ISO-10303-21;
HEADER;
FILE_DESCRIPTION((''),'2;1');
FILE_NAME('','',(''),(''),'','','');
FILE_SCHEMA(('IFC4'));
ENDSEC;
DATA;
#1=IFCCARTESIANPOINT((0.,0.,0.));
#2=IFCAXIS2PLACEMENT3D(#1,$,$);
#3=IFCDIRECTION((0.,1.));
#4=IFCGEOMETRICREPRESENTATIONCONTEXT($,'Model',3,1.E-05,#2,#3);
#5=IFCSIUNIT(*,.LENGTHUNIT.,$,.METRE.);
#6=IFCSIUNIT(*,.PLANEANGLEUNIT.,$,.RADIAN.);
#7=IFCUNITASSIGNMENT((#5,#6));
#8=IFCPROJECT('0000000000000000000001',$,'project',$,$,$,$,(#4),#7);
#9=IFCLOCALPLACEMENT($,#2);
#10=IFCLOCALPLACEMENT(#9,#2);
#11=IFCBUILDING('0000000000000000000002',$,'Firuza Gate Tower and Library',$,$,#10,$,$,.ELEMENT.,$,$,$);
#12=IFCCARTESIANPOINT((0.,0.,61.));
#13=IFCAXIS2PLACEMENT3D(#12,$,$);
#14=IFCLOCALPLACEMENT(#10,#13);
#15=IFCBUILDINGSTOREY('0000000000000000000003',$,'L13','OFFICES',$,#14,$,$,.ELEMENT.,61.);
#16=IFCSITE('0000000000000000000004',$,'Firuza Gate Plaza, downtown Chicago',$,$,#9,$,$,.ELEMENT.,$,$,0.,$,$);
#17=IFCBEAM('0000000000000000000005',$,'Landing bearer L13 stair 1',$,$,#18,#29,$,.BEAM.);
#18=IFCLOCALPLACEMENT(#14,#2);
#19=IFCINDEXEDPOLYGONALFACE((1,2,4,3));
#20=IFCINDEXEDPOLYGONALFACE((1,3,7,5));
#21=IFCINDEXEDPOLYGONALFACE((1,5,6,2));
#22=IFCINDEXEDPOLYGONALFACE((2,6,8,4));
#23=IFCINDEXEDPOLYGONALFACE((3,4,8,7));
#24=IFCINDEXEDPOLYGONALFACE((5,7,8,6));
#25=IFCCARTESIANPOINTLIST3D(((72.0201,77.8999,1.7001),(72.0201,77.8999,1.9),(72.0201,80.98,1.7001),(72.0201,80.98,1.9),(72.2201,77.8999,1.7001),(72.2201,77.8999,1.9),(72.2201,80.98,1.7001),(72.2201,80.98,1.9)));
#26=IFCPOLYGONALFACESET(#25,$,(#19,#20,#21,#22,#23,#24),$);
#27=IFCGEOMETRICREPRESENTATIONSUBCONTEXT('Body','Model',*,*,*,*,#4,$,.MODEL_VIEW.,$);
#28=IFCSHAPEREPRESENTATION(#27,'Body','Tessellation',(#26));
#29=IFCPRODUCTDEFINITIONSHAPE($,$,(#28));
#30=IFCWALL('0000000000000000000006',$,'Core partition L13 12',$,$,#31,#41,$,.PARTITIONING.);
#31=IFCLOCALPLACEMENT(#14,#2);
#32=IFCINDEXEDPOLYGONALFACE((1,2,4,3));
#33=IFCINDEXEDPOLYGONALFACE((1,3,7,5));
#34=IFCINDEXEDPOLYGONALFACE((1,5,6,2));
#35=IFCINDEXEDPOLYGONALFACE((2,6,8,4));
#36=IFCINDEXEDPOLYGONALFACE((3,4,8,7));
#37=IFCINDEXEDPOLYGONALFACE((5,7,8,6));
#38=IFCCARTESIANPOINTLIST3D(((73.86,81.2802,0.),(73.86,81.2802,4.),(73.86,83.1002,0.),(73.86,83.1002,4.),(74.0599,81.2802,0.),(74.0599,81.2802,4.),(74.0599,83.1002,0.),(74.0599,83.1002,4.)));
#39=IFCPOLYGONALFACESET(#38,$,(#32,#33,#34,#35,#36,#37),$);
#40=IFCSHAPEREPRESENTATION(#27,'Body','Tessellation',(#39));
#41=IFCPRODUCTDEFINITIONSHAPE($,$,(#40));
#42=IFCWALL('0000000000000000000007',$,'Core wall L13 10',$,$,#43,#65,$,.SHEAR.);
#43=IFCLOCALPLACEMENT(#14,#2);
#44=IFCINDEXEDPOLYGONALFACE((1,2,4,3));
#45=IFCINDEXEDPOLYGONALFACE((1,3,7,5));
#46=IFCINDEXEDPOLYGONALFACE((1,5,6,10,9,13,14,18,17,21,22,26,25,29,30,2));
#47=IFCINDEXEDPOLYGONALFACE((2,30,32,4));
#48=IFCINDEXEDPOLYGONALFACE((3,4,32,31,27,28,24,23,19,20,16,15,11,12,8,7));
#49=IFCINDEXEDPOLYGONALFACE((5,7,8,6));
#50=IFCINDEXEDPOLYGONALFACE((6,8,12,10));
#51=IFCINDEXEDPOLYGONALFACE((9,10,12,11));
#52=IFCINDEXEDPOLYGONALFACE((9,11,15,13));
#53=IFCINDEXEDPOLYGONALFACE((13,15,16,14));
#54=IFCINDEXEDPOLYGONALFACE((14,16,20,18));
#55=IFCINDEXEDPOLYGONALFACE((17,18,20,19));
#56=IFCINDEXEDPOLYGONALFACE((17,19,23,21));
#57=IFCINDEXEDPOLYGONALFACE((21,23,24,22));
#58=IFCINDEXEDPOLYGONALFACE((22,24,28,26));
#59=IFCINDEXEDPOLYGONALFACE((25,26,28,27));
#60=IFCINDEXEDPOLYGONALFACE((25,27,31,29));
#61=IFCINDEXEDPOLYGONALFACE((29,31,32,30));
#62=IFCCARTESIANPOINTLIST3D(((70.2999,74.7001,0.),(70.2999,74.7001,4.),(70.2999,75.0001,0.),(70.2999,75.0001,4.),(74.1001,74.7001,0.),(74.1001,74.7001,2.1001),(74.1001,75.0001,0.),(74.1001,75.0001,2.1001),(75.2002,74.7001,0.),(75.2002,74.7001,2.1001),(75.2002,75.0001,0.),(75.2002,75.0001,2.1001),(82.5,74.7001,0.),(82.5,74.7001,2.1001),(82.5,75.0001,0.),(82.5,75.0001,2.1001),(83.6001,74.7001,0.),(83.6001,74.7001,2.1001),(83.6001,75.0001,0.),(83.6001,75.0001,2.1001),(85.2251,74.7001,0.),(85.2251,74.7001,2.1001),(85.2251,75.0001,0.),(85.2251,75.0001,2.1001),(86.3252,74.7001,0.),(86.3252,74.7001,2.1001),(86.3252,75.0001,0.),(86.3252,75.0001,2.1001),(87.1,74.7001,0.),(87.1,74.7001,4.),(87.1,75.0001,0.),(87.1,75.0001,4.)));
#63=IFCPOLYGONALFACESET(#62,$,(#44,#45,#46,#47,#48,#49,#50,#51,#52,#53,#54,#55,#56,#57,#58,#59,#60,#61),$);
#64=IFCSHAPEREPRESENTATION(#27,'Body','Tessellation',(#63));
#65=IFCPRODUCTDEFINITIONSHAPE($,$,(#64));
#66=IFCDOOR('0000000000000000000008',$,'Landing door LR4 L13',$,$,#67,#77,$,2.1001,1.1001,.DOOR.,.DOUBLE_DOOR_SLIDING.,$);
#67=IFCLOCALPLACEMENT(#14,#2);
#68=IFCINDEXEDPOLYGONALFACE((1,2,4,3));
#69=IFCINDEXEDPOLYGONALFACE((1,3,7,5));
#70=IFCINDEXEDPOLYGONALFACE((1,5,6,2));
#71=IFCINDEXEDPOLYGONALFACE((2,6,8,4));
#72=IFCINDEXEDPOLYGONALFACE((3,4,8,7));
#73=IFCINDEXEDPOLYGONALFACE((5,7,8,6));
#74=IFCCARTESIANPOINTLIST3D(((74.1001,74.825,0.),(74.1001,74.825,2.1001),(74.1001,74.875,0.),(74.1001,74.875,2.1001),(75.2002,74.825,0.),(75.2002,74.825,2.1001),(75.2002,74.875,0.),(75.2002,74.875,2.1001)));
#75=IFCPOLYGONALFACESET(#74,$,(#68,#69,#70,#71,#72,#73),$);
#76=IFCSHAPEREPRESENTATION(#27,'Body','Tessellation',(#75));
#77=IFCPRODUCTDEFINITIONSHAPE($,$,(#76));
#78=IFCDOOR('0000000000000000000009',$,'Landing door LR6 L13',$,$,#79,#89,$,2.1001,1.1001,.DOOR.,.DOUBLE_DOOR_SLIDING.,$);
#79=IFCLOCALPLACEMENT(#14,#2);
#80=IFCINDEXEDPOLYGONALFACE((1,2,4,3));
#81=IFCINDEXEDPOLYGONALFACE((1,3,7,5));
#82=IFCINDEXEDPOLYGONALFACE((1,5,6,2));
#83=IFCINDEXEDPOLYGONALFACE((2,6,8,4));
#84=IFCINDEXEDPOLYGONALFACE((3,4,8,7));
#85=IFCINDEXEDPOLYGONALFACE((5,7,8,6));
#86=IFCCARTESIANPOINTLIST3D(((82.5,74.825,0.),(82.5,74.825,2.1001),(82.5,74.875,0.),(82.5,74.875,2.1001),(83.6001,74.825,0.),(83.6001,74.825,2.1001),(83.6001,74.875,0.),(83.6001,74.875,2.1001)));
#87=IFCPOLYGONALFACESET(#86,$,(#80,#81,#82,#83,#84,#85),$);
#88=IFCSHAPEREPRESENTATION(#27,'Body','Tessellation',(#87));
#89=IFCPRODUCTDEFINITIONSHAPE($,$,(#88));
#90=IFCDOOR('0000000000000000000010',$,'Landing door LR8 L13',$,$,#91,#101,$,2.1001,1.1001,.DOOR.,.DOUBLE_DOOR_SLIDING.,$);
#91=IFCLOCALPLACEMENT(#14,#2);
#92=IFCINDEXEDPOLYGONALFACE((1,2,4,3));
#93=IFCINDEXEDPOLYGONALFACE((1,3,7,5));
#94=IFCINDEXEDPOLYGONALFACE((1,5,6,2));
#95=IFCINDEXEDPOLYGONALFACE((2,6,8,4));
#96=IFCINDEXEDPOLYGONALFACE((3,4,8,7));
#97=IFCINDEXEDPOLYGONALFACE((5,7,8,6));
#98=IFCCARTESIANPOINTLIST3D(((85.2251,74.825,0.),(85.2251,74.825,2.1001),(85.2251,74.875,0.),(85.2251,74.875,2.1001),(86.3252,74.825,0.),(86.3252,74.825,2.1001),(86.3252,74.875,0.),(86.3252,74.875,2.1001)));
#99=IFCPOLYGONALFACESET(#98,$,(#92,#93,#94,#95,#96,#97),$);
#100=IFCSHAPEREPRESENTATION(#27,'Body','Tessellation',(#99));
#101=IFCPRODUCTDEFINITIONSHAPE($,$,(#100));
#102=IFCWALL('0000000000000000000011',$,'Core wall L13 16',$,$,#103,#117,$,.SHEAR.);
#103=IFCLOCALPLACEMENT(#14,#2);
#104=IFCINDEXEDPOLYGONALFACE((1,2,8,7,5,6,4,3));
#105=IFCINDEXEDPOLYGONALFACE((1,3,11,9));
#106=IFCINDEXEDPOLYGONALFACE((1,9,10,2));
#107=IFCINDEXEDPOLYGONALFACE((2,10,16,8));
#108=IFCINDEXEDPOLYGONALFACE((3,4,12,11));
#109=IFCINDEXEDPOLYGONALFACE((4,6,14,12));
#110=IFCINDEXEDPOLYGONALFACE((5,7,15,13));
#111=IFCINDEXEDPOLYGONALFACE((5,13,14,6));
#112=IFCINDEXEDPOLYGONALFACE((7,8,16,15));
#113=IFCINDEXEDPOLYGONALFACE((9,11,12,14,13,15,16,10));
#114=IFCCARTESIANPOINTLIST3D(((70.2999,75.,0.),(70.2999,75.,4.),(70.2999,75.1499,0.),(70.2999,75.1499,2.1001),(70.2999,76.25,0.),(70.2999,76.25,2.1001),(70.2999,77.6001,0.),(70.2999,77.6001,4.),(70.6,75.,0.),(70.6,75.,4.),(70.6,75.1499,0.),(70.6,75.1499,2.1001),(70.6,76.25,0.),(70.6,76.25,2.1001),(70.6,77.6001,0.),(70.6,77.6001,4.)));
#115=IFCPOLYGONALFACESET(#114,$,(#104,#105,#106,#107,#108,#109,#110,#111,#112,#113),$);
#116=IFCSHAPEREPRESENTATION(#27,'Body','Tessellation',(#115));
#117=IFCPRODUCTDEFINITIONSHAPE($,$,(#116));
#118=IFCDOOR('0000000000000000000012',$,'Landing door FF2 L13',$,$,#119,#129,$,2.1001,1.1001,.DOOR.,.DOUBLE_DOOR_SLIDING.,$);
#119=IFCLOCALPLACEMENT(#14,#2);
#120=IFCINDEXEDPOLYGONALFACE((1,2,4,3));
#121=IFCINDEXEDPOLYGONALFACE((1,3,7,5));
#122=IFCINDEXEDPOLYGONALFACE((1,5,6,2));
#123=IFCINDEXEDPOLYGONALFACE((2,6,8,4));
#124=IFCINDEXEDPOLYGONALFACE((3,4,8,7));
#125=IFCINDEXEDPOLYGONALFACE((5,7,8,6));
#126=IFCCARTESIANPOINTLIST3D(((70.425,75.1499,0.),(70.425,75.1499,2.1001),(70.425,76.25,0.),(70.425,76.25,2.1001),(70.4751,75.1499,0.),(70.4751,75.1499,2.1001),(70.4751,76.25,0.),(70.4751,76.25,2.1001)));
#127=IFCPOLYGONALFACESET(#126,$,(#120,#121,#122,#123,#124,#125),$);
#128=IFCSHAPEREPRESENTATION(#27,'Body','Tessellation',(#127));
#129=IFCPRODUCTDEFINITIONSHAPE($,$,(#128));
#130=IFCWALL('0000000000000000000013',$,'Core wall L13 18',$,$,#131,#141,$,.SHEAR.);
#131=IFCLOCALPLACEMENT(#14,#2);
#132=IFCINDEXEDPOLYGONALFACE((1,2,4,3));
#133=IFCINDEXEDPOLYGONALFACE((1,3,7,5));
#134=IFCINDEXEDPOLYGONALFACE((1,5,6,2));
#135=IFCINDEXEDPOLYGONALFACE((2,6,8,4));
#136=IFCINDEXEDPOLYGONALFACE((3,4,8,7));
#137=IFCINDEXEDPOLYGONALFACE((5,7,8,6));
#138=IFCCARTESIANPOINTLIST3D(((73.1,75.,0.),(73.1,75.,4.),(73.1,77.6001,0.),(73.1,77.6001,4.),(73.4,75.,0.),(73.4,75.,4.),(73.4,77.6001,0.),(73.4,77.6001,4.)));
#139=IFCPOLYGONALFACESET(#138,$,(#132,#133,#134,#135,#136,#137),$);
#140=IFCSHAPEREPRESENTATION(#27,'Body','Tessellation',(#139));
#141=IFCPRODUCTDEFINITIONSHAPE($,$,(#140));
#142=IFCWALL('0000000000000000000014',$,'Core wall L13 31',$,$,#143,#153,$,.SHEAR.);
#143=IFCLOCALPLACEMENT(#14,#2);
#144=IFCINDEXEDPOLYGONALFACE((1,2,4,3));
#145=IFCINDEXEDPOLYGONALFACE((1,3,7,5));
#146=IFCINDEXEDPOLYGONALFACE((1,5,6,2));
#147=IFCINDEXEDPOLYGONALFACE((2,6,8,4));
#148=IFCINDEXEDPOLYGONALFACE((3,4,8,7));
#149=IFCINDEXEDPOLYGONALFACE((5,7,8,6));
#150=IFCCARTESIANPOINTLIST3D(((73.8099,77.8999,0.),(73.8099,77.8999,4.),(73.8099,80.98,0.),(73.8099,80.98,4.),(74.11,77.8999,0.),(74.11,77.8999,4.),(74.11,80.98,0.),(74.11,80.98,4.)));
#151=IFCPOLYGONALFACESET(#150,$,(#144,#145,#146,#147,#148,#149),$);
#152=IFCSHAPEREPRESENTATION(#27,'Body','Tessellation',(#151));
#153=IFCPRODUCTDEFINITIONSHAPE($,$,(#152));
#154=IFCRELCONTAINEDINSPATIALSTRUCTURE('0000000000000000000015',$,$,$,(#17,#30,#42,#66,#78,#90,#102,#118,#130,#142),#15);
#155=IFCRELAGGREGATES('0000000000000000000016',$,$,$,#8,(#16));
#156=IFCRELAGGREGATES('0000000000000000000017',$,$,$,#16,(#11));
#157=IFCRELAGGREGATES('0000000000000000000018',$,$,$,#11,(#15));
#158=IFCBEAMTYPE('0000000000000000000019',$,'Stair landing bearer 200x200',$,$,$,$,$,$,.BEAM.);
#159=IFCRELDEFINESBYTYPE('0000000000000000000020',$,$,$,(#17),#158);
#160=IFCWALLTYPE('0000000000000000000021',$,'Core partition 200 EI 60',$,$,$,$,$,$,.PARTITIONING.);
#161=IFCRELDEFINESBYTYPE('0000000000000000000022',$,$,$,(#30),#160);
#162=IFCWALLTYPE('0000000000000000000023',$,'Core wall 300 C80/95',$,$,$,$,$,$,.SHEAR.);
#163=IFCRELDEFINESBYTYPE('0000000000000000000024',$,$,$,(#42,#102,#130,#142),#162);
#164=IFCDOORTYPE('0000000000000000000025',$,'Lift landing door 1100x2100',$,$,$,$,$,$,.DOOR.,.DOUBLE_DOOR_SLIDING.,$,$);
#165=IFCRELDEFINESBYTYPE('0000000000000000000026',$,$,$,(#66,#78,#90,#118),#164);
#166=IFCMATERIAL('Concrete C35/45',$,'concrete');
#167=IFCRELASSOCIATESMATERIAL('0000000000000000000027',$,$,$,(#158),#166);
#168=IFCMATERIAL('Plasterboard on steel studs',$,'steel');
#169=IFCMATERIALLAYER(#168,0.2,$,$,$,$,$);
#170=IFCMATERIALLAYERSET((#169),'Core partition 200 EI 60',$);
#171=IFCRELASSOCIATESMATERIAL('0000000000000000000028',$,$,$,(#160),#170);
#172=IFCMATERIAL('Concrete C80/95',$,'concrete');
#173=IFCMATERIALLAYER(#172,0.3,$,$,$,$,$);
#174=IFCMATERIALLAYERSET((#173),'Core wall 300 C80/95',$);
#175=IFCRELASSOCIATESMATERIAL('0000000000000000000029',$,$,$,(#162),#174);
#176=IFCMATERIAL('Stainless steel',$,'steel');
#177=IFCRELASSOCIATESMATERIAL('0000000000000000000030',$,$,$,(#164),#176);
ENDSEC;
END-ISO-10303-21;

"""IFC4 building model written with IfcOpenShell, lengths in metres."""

from ifc_helpers import new_model, si_unit, direction, frame, frame_2d, origin, origin_2d, place, context, subcontext, project, spatial, rectangle, extrude, material, layer, layer_set, material_profile, profile_set, type_object, element, fill, save


model = new_model("IFC4")

# Units and contexts
model_context = context("Model", 3, precision=1e-05, world=origin(), true_north=direction((0.0, 1.0)))
body_context = subcontext(model_context, "Body", "Model", "MODEL_VIEW")
ifc_project = project(units=[si_unit("LENGTHUNIT", "METRE"), si_unit("PLANEANGLEUNIT", "RADIAN")], contexts=[model_context])

# Site, building, storey
site_placement = place(None, origin())
site = spatial("IfcSite", under=ifc_project, at=site_placement, Name="Firuza Gate Plaza, downtown Chicago", CompositionType="ELEMENT", RefElevation=0.0)
building_placement = place(site_placement, origin())
building = spatial("IfcBuilding", under=site, at=building_placement, Name="Firuza Gate Tower and Library", CompositionType="ELEMENT")
storey_placement = place(building_placement, frame((0.0, 0.0, 61.0)))
storey = spatial("IfcBuildingStorey", under=building, at=storey_placement, Name="L13", Description="OFFICES", CompositionType="ELEMENT", Elevation=61.0)

# Beam
ifc_material_1 = material(Name="Concrete C35/45", Category="concrete")
ifc_material_profile = material_profile(ifc_material_1, rectangle(XDim=0.2, YDim=0.2, at=origin_2d()))
ifc_profile_set = profile_set([ifc_material_profile], Name="Concrete C35/45")
beam_type = type_object("IfcBeamType", Name="Stair landing bearer 200x200", PredefinedType="BEAM", material=ifc_profile_set)
beam_placement = place(storey_placement, frame((72.1201, 77.8999, 1.8), z_axis=(0.0, 1.0, 0.0), x_axis=(-1.0, 0.0, 0.0)))
element("IfcBeam", 1, at=beam_placement, inside=storey, type_object=beam_type, Name="Landing bearer L13 stair 1", PredefinedType="BEAM", context=body_context, shape_type="SweptSolid", body=[
    extrude(rectangle(XDim=0.2, YDim=0.2, at=origin_2d()), origin(), (0.0, 0.0, 1.0), 3.0801),
])

# Wall
ifc_material_2 = material(Name="Plasterboard on steel studs", Category="steel")
ifc_layer_1 = layer(ifc_material_2, 0.2)
ifc_layer_set_1 = layer_set([ifc_layer_1], Name="Core partition 200 EI 60")
wall_type_1 = type_object("IfcWallType", Name="Core partition 200 EI 60", PredefinedType="PARTITIONING", material=ifc_layer_set_1)
wall_1_placement = place(storey_placement, frame((73.96, 81.28, 0.0), z_axis=(0.0, 0.0, 1.0), x_axis=(0.0, 1.0, 0.0)))
element("IfcWall", 2, at=wall_1_placement, inside=storey, type_object=wall_type_1, Name="Core partition L13 12", PredefinedType="PARTITIONING", context=body_context, shape_type="SweptSolid", body=[
    extrude(rectangle(XDim=1.8201, YDim=0.2, at=frame_2d((0.9102, 0.0))), origin(), (0.0, 0.0, 1.0), 4.0),
])

# Wall, openings, doors
ifc_material_3 = material(Name="Concrete C80/95", Category="concrete")
ifc_layer_2 = layer(ifc_material_3, 0.3)
ifc_layer_set_2 = layer_set([ifc_layer_2], Name="Core wall 300 C80/95")
wall_type_2 = type_object("IfcWallType", Name="Core wall 300 C80/95", PredefinedType="SHEAR", material=ifc_layer_set_2)
wall_2_placement = place(storey_placement, frame((70.3, 74.8501, 0.0), z_axis=(0.0, 0.0, 1.0), x_axis=(1.0, 0.0, 0.0)))
wall_2 = element("IfcWall", 3, at=wall_2_placement, inside=storey, type_object=wall_type_2, Name="Core wall L13 10", PredefinedType="SHEAR", context=body_context, shape_type="SweptSolid", body=[
    extrude(rectangle(XDim=16.8, YDim=0.3, at=frame_2d((8.3999, 0.0))), origin(), (0.0, 0.0, 1.0), 4.0),
])
opening_1_placement = place(wall_2_placement, frame((3.8, 0.0, 0.0)))
opening_1 = element("IfcOpeningElement", 4, at=opening_1_placement, cuts=wall_2, PredefinedType="OPENING", context=body_context, shape_type="SweptSolid", body=[
    extrude(rectangle(XDim=1.1001, YDim=2.1001, at=frame_2d((0.55, 1.05))), frame((0.0, 0.1602, 0.0), z_axis=(0.0, -1.0, 0.0), x_axis=(1.0, 0.0, 0.0)), (0.0, 0.0, 1.0), 0.3201),
])
opening_2_placement = place(wall_2_placement, frame((12.2, 0.0, 0.0)))
opening_2 = element("IfcOpeningElement", 5, at=opening_2_placement, cuts=wall_2, PredefinedType="OPENING", context=body_context, shape_type="SweptSolid", body=[
    extrude(rectangle(XDim=1.1001, YDim=2.1001, at=frame_2d((0.55, 1.05))), frame((0.0, 0.1602, 0.0), z_axis=(0.0, -1.0, 0.0), x_axis=(1.0, 0.0, 0.0)), (0.0, 0.0, 1.0), 0.3201),
])
opening_3_placement = place(wall_2_placement, frame((14.925, 0.0, 0.0)))
opening_3 = element("IfcOpeningElement", 6, at=opening_3_placement, cuts=wall_2, PredefinedType="OPENING", context=body_context, shape_type="SweptSolid", body=[
    extrude(rectangle(XDim=1.1001, YDim=2.1001, at=frame_2d((0.55, 1.05))), frame((0.0, 0.1602, 0.0), z_axis=(0.0, -1.0, 0.0), x_axis=(1.0, 0.0, 0.0)), (0.0, 0.0, 1.0), 0.3201),
])
ifc_material_4 = material(Name="Stainless steel", Category="steel")
door_type_1 = type_object("IfcDoorType", Name="Lift landing door 1100x2100", OperationType="DOUBLE_DOOR_SLIDING", PredefinedType="DOOR", material=ifc_material_4)
door_1_placement = place(opening_1_placement, origin())
door_1 = element("IfcDoor", 7, at=door_1_placement, inside=storey, type_object=door_type_1, Name="Landing door LR4 L13", OperationType="DOUBLE_DOOR_SLIDING", OverallHeight=2.1001, OverallWidth=1.1001, PredefinedType="DOOR", context=body_context, shape_type="SweptSolid", body=[
    extrude(rectangle(XDim=1.1001, YDim=2.1001, at=frame_2d((0.55, 1.05))), frame((0.0, 0.0249, 0.0), z_axis=(0.0, -1.0, 0.0), x_axis=(1.0, 0.0, 0.0)), (0.0, 0.0, 1.0), 0.05),
])
fill(opening_1, door_1)
door_2_placement = place(opening_2_placement, origin())
door_2 = element("IfcDoor", 8, at=door_2_placement, inside=storey, type_object=door_type_1, Name="Landing door LR6 L13", OperationType="DOUBLE_DOOR_SLIDING", OverallHeight=2.1001, OverallWidth=1.1001, PredefinedType="DOOR", context=body_context, shape_type="SweptSolid", body=[
    extrude(rectangle(XDim=1.1001, YDim=2.1001, at=frame_2d((0.55, 1.05))), frame((0.0, 0.0249, 0.0), z_axis=(0.0, -1.0, 0.0), x_axis=(1.0, 0.0, 0.0)), (0.0, 0.0, 1.0), 0.05),
])
fill(opening_2, door_2)
door_3_placement = place(opening_3_placement, origin())
door_3 = element("IfcDoor", 9, at=door_3_placement, inside=storey, type_object=door_type_1, Name="Landing door LR8 L13", OperationType="DOUBLE_DOOR_SLIDING", OverallHeight=2.1001, OverallWidth=1.1001, PredefinedType="DOOR", context=body_context, shape_type="SweptSolid", body=[
    extrude(rectangle(XDim=1.1001, YDim=2.1001, at=frame_2d((0.55, 1.05))), frame((0.0, 0.0249, 0.0), z_axis=(0.0, -1.0, 0.0), x_axis=(1.0, 0.0, 0.0)), (0.0, 0.0, 1.0), 0.05),
])
fill(opening_3, door_3)

# Wall, opening, door
wall_3_placement = place(storey_placement, frame((70.45, 75.0, 0.0), z_axis=(0.0, 0.0, 1.0), x_axis=(0.0, 1.0, 0.0)))
wall_3 = element("IfcWall", 10, at=wall_3_placement, inside=storey, type_object=wall_type_2, Name="Core wall L13 16", PredefinedType="SHEAR", context=body_context, shape_type="SweptSolid", body=[
    extrude(rectangle(XDim=2.6001, YDim=0.3, at=frame_2d((1.3, 0.0))), origin(), (0.0, 0.0, 1.0), 4.0),
])
opening_4_placement = place(wall_3_placement, frame((0.1499, 0.0, 0.0)))
opening_4 = element("IfcOpeningElement", 11, at=opening_4_placement, cuts=wall_3, PredefinedType="OPENING", context=body_context, shape_type="SweptSolid", body=[
    extrude(rectangle(XDim=1.1001, YDim=2.1001, at=frame_2d((0.55, 1.05))), frame((0.0, 0.1602, 0.0), z_axis=(0.0, -1.0, 0.0), x_axis=(1.0, 0.0, 0.0)), (0.0, 0.0, 1.0), 0.3201),
])
door_4_placement = place(opening_4_placement, origin())
door_4 = element("IfcDoor", 12, at=door_4_placement, inside=storey, type_object=door_type_1, Name="Landing door FF2 L13", OperationType="DOUBLE_DOOR_SLIDING", OverallHeight=2.1001, OverallWidth=1.1001, PredefinedType="DOOR", context=body_context, shape_type="SweptSolid", body=[
    extrude(rectangle(XDim=1.1001, YDim=2.1001, at=frame_2d((0.55, 1.05))), frame((0.0, 0.0249, 0.0), z_axis=(0.0, -1.0, 0.0), x_axis=(1.0, 0.0, 0.0)), (0.0, 0.0, 1.0), 0.05),
])
fill(opening_4, door_4)

# Walls
wall_4_placement = place(storey_placement, frame((73.25, 75.0, 0.0), z_axis=(0.0, 0.0, 1.0), x_axis=(0.0, 1.0, 0.0)))
element("IfcWall", 13, at=wall_4_placement, inside=storey, type_object=wall_type_2, Name="Core wall L13 18", PredefinedType="SHEAR", context=body_context, shape_type="SweptSolid", body=[
    extrude(rectangle(XDim=2.6001, YDim=0.3, at=frame_2d((1.3, 0.0))), origin(), (0.0, 0.0, 1.0), 4.0),
])
wall_5_placement = place(storey_placement, frame((73.96, 77.8999, 0.0), z_axis=(0.0, 0.0, 1.0), x_axis=(0.0, 1.0, 0.0)))
element("IfcWall", 14, at=wall_5_placement, inside=storey, type_object=wall_type_2, Name="Core wall L13 31", PredefinedType="SHEAR", context=body_context, shape_type="SweptSolid", body=[
    extrude(rectangle(XDim=3.0801, YDim=0.3, at=frame_2d((1.54, 0.0))), origin(), (0.0, 0.0, 1.0), 4.0),
])

save(model, "model.ifc")
